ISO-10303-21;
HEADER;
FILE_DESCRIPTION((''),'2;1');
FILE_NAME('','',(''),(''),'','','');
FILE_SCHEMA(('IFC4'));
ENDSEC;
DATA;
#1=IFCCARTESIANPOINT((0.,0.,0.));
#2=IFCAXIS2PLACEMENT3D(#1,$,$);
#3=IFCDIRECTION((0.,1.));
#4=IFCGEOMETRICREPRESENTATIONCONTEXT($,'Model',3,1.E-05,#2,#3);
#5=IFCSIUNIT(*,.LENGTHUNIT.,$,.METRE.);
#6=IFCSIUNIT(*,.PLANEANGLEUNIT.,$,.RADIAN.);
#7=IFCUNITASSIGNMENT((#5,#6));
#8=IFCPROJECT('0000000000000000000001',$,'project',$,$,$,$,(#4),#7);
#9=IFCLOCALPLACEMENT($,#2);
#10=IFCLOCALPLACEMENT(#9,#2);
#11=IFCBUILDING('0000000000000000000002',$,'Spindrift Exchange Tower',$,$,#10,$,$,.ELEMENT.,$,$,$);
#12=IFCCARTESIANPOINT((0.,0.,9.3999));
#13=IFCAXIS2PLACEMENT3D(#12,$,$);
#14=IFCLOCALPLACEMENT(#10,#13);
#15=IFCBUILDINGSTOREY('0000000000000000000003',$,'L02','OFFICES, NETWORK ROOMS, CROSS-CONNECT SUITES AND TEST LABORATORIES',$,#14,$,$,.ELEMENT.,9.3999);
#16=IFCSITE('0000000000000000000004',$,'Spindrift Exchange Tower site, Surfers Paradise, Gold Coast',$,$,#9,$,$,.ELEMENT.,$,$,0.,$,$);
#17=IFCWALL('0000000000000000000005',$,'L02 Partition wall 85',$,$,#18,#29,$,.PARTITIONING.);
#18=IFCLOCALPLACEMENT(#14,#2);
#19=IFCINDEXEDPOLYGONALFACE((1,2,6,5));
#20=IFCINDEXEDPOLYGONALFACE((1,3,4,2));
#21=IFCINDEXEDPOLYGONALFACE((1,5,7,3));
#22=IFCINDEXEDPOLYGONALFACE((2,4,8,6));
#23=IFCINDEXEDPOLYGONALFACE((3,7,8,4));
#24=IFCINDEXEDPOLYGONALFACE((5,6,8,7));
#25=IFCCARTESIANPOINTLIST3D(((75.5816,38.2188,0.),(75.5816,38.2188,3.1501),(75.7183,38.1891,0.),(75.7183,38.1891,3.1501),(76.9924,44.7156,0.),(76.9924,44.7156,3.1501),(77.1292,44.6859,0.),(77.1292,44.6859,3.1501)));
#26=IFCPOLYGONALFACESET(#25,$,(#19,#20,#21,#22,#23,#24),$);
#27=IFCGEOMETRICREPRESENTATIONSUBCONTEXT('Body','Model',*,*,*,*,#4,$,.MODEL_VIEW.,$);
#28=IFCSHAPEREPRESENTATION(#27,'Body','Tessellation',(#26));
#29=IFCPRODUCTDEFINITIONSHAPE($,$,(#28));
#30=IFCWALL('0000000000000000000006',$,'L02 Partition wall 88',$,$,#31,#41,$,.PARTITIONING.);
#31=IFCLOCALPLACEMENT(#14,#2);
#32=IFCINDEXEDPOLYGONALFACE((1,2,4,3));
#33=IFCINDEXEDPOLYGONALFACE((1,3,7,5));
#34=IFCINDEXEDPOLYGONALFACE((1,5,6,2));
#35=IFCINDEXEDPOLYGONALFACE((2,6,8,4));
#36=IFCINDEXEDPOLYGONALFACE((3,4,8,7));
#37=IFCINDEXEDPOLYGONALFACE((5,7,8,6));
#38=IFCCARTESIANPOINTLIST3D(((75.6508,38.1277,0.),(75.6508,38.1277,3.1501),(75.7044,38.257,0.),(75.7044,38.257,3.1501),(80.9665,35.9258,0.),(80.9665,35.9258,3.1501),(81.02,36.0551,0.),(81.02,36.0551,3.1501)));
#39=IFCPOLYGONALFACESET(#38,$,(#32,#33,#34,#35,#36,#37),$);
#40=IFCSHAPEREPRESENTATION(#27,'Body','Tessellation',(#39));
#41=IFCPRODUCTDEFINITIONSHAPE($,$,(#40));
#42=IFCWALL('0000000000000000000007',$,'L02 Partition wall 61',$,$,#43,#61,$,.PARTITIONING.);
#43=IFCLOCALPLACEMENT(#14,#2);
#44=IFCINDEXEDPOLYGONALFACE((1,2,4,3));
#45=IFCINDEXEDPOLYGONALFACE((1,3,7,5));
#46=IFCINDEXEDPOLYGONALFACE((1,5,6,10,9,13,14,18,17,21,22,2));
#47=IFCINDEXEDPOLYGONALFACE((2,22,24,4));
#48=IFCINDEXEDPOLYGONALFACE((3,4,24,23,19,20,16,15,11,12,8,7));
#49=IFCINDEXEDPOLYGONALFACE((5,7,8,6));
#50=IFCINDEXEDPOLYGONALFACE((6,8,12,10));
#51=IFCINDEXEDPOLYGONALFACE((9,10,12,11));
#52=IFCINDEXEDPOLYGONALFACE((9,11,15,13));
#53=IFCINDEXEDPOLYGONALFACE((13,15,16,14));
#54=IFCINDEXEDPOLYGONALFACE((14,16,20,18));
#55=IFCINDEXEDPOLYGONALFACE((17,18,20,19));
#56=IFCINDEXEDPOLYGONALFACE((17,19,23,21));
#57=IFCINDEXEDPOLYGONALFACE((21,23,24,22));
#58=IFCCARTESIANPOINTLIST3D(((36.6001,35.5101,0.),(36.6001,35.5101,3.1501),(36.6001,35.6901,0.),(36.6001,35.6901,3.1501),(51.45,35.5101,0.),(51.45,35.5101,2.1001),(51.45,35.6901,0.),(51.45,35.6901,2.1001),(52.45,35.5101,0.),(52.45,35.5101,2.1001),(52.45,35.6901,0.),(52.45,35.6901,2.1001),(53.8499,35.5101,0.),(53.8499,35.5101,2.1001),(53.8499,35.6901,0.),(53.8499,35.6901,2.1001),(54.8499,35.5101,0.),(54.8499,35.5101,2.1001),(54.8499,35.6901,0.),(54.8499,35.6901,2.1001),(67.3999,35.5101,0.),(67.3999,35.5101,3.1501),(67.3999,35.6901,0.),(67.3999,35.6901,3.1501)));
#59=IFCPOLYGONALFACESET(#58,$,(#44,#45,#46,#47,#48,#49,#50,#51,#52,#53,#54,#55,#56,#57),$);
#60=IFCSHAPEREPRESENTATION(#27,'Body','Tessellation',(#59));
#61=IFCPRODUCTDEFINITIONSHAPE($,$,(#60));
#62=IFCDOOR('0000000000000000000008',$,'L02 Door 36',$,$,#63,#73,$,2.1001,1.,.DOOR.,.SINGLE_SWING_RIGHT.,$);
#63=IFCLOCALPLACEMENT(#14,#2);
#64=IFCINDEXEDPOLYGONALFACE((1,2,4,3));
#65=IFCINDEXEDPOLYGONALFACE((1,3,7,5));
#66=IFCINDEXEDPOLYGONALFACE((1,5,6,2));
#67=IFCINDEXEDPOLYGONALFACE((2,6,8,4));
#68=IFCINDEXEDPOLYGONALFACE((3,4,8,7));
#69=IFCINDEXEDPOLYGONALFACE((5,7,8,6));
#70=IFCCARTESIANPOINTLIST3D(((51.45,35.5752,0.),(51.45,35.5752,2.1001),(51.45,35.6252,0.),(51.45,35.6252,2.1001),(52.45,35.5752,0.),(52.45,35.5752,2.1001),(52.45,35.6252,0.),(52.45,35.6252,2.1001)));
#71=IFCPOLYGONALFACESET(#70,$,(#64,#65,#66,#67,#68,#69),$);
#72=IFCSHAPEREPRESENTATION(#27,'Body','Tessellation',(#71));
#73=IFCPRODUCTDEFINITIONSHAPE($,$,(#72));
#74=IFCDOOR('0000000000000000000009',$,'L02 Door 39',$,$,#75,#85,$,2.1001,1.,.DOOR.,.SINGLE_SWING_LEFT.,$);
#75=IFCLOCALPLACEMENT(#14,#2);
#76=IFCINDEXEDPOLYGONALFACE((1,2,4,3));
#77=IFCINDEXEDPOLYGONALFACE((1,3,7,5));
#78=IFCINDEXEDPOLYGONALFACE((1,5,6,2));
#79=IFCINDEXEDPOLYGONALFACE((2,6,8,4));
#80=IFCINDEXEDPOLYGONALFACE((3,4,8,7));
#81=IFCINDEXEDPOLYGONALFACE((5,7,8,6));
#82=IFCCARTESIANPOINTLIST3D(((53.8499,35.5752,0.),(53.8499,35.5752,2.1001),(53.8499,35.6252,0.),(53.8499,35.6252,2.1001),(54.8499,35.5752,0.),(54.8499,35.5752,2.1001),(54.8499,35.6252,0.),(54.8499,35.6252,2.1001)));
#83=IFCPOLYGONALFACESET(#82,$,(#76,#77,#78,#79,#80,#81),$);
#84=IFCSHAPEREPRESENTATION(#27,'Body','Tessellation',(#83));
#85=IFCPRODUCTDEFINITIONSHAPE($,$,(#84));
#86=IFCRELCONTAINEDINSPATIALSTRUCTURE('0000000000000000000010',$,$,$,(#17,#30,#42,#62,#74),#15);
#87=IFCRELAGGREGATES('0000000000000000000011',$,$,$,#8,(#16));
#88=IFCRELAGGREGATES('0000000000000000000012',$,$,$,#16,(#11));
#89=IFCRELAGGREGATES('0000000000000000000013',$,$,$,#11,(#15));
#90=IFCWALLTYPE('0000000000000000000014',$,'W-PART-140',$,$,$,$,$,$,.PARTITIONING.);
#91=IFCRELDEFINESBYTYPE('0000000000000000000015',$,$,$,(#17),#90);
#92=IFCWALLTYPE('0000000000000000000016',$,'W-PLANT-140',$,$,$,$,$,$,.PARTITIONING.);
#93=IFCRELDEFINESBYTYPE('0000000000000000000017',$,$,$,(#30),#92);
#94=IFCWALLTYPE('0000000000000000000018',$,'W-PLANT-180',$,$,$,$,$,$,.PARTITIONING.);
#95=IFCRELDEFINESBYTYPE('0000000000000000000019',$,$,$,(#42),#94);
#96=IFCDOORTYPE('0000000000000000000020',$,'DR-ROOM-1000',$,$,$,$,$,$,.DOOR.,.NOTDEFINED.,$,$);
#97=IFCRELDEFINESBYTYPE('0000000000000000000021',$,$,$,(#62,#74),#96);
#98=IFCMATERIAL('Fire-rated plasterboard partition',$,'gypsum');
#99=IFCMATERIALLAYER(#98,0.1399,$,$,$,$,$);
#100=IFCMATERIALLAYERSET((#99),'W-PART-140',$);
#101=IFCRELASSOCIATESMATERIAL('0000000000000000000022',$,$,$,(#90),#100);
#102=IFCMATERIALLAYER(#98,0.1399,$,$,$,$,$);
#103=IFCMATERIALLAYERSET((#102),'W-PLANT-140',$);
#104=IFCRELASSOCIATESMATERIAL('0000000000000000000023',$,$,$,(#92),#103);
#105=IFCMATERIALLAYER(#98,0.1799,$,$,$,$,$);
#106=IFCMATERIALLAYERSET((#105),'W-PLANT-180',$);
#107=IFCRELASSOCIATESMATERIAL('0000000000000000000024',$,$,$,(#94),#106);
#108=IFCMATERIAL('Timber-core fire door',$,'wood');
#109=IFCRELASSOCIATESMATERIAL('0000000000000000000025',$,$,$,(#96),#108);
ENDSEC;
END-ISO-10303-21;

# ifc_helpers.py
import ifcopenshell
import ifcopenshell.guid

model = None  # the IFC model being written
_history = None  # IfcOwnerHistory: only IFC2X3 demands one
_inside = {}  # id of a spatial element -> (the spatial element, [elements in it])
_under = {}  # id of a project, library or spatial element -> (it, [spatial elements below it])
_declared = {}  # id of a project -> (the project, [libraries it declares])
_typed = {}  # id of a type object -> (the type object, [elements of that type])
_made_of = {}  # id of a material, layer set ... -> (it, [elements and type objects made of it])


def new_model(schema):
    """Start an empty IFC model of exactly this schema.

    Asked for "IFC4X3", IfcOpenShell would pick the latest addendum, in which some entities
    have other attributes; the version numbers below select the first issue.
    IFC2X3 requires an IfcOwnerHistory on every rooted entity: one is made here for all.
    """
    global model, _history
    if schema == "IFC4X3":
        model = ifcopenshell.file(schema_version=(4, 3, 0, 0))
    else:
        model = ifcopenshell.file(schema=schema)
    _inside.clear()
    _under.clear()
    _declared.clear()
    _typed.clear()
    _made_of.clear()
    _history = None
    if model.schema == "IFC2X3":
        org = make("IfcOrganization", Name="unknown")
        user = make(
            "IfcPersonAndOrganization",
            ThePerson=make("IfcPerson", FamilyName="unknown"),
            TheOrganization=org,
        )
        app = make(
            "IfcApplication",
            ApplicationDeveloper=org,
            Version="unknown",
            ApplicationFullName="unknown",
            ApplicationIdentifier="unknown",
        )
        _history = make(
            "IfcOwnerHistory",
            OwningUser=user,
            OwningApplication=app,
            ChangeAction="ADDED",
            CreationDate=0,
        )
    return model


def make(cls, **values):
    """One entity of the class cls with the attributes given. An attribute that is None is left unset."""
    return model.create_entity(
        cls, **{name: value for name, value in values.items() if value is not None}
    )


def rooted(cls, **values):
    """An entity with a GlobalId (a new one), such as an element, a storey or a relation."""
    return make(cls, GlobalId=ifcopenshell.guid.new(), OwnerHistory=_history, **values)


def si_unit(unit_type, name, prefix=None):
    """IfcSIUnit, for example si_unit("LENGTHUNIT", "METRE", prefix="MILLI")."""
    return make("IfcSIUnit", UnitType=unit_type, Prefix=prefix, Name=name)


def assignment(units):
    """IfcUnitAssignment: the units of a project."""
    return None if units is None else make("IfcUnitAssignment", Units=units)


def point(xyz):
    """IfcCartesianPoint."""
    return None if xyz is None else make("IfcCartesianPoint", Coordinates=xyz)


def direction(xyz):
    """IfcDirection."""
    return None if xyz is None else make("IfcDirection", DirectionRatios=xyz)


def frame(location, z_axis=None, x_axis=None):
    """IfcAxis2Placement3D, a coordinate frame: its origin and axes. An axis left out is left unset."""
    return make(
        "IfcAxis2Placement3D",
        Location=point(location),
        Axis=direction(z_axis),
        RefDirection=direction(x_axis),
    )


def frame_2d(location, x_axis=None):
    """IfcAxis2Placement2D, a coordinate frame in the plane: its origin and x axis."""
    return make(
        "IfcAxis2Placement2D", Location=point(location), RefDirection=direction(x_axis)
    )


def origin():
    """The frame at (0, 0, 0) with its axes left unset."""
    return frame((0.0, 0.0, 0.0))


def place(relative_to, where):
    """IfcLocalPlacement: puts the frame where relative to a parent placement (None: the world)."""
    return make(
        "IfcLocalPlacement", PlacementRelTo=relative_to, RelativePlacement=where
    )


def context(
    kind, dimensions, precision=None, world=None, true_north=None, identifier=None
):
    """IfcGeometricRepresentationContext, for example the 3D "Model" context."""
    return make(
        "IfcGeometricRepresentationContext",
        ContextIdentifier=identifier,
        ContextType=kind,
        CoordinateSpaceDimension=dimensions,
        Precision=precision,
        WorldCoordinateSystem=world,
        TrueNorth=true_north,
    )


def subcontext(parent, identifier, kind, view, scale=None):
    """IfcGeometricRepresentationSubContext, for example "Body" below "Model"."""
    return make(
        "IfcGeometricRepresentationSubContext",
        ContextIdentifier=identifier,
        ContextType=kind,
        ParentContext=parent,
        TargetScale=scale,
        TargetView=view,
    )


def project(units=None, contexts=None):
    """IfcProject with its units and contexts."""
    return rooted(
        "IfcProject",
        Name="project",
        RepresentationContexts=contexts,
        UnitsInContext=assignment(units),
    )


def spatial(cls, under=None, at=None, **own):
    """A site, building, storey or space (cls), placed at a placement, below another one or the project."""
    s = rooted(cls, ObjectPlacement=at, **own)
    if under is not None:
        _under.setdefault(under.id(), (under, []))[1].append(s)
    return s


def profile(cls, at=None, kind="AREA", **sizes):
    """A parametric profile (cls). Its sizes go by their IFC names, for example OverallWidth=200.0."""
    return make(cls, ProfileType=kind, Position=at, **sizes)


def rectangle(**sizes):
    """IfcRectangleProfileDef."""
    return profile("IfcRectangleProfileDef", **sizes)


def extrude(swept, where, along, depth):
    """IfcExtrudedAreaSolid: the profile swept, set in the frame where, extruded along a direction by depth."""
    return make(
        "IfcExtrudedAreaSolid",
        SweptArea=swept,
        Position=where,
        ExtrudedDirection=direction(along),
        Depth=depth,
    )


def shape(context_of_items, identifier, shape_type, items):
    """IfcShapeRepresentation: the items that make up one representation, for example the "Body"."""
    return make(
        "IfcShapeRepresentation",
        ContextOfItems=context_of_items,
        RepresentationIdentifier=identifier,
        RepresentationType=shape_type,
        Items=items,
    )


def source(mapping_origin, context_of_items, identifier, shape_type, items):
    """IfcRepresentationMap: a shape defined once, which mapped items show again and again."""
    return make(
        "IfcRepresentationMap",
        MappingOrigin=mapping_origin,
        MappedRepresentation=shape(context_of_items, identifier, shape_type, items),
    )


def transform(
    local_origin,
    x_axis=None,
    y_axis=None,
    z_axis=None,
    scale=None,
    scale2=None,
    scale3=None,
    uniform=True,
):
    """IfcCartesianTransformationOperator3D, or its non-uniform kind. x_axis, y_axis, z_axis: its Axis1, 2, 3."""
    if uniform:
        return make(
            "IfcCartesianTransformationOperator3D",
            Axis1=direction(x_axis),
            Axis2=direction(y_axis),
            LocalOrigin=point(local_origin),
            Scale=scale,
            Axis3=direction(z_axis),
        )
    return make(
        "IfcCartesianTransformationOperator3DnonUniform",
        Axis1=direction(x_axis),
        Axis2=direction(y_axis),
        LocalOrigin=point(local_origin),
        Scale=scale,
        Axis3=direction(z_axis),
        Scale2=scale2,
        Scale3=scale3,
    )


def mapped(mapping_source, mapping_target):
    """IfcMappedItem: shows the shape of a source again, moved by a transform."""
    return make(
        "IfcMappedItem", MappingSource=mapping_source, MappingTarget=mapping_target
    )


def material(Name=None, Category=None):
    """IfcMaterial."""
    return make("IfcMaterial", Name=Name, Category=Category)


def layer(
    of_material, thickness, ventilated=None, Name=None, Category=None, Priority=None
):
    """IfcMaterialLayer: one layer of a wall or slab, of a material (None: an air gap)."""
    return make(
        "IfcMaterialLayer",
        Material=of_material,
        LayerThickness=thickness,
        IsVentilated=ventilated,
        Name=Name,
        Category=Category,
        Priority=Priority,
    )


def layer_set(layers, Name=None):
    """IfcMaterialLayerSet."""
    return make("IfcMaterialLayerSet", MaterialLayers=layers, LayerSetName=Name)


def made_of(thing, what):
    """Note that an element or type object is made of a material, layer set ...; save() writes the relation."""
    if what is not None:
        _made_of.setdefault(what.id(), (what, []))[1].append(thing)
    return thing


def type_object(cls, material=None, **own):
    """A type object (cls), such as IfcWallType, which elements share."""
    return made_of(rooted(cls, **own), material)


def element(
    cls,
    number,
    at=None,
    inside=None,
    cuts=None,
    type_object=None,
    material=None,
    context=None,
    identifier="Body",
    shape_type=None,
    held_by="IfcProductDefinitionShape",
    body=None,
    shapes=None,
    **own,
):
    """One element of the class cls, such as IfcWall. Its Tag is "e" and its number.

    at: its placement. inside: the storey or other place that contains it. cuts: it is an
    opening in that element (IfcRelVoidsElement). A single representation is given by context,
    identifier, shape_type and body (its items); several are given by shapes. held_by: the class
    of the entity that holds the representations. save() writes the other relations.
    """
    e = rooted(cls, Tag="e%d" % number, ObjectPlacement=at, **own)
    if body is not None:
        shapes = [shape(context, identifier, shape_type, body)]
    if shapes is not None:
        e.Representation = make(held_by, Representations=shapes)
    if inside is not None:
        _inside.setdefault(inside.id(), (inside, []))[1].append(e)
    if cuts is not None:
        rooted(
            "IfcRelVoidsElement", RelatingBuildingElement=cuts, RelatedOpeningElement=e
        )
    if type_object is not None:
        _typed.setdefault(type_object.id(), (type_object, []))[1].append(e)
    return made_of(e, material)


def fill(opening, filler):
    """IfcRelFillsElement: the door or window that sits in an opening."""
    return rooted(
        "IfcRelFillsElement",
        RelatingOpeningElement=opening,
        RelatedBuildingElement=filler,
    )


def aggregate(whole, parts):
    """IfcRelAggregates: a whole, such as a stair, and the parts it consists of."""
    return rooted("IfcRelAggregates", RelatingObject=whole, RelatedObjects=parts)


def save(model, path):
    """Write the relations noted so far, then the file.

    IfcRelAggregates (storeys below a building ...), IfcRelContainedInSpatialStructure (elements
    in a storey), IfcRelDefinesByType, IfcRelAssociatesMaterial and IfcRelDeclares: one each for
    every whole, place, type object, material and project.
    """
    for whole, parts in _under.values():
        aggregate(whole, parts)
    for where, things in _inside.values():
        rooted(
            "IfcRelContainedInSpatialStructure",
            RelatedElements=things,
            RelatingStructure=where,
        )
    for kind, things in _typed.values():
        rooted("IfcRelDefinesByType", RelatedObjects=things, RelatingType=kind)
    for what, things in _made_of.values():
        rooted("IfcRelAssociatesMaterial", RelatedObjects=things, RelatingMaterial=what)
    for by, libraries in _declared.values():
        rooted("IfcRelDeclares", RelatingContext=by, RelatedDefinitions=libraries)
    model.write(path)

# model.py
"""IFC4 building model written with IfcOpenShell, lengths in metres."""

from ifc_helpers import new_model, si_unit, direction, frame, frame_2d, origin, place, context, subcontext, project, spatial, rectangle, extrude, source, transform, mapped, material, layer, layer_set, type_object, element, fill, save


model = new_model("IFC4")

# Units and contexts
model_context = context("Model", 3, precision=1e-05, world=origin(), true_north=direction((0.0, 1.0)))
body_context = subcontext(model_context, "Body", "Model", "MODEL_VIEW")
ifc_project = project(units=[si_unit("LENGTHUNIT", "METRE"), si_unit("PLANEANGLEUNIT", "RADIAN")], contexts=[model_context])

# Site, building, storey
site_placement = place(None, origin())
site = spatial("IfcSite", under=ifc_project, at=site_placement, Name="Spindrift Exchange Tower site, Surfers Paradise, Gold Coast", CompositionType="ELEMENT", RefElevation=0.0)
building_placement = place(site_placement, origin())
building = spatial("IfcBuilding", under=site, at=building_placement, Name="Spindrift Exchange Tower", CompositionType="ELEMENT")
storey_placement = place(building_placement, frame((0.0, 0.0, 9.3999)))
storey = spatial("IfcBuildingStorey", under=building, at=storey_placement, Name="L02", Description="OFFICES, NETWORK ROOMS, CROSS-CONNECT SUITES AND TEST LABORATORIES", CompositionType="ELEMENT", Elevation=9.3999)

# Shared definitions
ifc_material_1 = material(Name="Timber-core fire door", Category="wood")

# Walls
ifc_material_2 = material(Name="Fire-rated plasterboard partition", Category="gypsum")
ifc_layer_1 = layer(ifc_material_2, 0.1399)
ifc_layer_set_1 = layer_set([ifc_layer_1], Name="W-PART-140")
wall_type_1 = type_object("IfcWallType", Name="W-PART-140", PredefinedType="PARTITIONING", material=ifc_layer_set_1)
wall_1_placement = place(storey_placement, frame((75.6499, 38.2039, 0.0), z_axis=(0.0, 0.0, 1.0), x_axis=(0.212219, 0.977222, 0.0)))
element("IfcWall", 1, at=wall_1_placement, inside=storey, type_object=wall_type_1, Name="L02 Partition wall 85", PredefinedType="PARTITIONING", context=body_context, shape_type="SweptSolid", body=[
    extrude(rectangle(XDim=6.6482, YDim=0.1399, at=frame_2d((3.3242, 0.0))), origin(), (0.0, 0.0, 1.0), 3.1501),
])
ifc_layer_2 = layer(ifc_material_2, 0.1399)
ifc_layer_set_2 = layer_set([ifc_layer_2], Name="W-PLANT-140")
wall_type_2 = type_object("IfcWallType", Name="W-PLANT-140", PredefinedType="PARTITIONING", material=ifc_layer_set_2)
wall_2_placement = place(storey_placement, frame((75.6775, 38.1924, 0.0), z_axis=(0.0, 0.0, 1.0), x_axis=(0.923875, -0.382695, 0.0)))
element("IfcWall", 2, at=wall_2_placement, inside=storey, type_object=wall_type_2, Name="L02 Partition wall 88", PredefinedType="PARTITIONING", context=body_context, shape_type="SweptSolid", body=[
    extrude(rectangle(XDim=5.7537, YDim=0.1399, at=frame_2d((2.877, 0.0))), origin(), (0.0, 0.0, 1.0), 3.1501),
])

# Wall, openings, doors
ifc_layer_3 = layer(ifc_material_2, 0.1799)
ifc_layer_set_3 = layer_set([ifc_layer_3], Name="W-PLANT-180")
wall_type_3 = type_object("IfcWallType", Name="W-PLANT-180", PredefinedType="PARTITIONING", material=ifc_layer_set_3)
wall_3_placement = place(storey_placement, frame((67.3999, 35.6001, 0.0), z_axis=(0.0, 0.0, 1.0), x_axis=(-1.0, 0.0, 0.0)))
wall_3 = element("IfcWall", 3, at=wall_3_placement, inside=storey, type_object=wall_type_3, Name="L02 Partition wall 61", PredefinedType="PARTITIONING", context=body_context, shape_type="SweptSolid", body=[
    extrude(rectangle(XDim=30.7998, YDim=0.1799, at=frame_2d((15.3999, 0.0))), origin(), (0.0, 0.0, 1.0), 3.1501),
])
opening_1_placement = place(wall_3_placement, frame((14.95, 0.0, 0.0)))
opening_1 = element("IfcOpeningElement", 4, at=opening_1_placement, cuts=wall_3, PredefinedType="OPENING", context=body_context, shape_type="SweptSolid", body=[
    extrude(rectangle(XDim=1.0, YDim=2.1001, at=frame_2d((0.5, 1.05))), frame((0.0, 0.0999, 0.0), z_axis=(0.0, -1.0, 0.0), x_axis=(1.0, 0.0, 0.0)), (0.0, 0.0, 1.0), 0.2),
])
opening_2_placement = place(wall_3_placement, frame((12.55, 0.0, 0.0)))
opening_2 = element("IfcOpeningElement", 5, at=opening_2_placement, cuts=wall_3, PredefinedType="OPENING", context=body_context, shape_type="SweptSolid", body=[
    extrude(rectangle(XDim=1.0, YDim=2.1001, at=frame_2d((0.5, 1.05))), frame((0.0, 0.0999, 0.0), z_axis=(0.0, -1.0, 0.0), x_axis=(1.0, 0.0, 0.0)), (0.0, 0.0, 1.0), 0.2),
])
door_type_1 = type_object("IfcDoorType", Name="DR-ROOM-1000", OperationType="NOTDEFINED", PredefinedType="DOOR", material=ifc_material_1)
shared_shape_1 = source(origin(), body_context, "Body", "SweptSolid", [
    extrude(rectangle(XDim=1.0, YDim=2.1001, at=frame_2d((0.5, 1.05))), frame((0.0, 0.0249, 0.0), z_axis=(0.0, -1.0, 0.0), x_axis=(1.0, 0.0, 0.0)), (0.0, 0.0, 1.0), 0.05),
])
door_1_placement = place(opening_1_placement, origin())
door_1 = element("IfcDoor", 6, at=door_1_placement, inside=storey, type_object=door_type_1, Name="L02 Door 36", OperationType="SINGLE_SWING_RIGHT", OverallHeight=2.1001, OverallWidth=1.0, PredefinedType="DOOR", context=body_context, shape_type="MappedRepresentation", body=[
    mapped(shared_shape_1, transform((0.0, 0.0, 0.0), scale=1.0)),
])
fill(opening_1, door_1)
door_2_placement = place(opening_2_placement, origin())
door_2 = element("IfcDoor", 7, at=door_2_placement, inside=storey, type_object=door_type_1, Name="L02 Door 39", OperationType="SINGLE_SWING_LEFT", OverallHeight=2.1001, OverallWidth=1.0, PredefinedType="DOOR", context=body_context, shape_type="MappedRepresentation", body=[
    mapped(shared_shape_1, transform((0.0, 0.0, 0.0), scale=1.0)),
])
fill(opening_2, door_2)

save(model, "model.ifc")
